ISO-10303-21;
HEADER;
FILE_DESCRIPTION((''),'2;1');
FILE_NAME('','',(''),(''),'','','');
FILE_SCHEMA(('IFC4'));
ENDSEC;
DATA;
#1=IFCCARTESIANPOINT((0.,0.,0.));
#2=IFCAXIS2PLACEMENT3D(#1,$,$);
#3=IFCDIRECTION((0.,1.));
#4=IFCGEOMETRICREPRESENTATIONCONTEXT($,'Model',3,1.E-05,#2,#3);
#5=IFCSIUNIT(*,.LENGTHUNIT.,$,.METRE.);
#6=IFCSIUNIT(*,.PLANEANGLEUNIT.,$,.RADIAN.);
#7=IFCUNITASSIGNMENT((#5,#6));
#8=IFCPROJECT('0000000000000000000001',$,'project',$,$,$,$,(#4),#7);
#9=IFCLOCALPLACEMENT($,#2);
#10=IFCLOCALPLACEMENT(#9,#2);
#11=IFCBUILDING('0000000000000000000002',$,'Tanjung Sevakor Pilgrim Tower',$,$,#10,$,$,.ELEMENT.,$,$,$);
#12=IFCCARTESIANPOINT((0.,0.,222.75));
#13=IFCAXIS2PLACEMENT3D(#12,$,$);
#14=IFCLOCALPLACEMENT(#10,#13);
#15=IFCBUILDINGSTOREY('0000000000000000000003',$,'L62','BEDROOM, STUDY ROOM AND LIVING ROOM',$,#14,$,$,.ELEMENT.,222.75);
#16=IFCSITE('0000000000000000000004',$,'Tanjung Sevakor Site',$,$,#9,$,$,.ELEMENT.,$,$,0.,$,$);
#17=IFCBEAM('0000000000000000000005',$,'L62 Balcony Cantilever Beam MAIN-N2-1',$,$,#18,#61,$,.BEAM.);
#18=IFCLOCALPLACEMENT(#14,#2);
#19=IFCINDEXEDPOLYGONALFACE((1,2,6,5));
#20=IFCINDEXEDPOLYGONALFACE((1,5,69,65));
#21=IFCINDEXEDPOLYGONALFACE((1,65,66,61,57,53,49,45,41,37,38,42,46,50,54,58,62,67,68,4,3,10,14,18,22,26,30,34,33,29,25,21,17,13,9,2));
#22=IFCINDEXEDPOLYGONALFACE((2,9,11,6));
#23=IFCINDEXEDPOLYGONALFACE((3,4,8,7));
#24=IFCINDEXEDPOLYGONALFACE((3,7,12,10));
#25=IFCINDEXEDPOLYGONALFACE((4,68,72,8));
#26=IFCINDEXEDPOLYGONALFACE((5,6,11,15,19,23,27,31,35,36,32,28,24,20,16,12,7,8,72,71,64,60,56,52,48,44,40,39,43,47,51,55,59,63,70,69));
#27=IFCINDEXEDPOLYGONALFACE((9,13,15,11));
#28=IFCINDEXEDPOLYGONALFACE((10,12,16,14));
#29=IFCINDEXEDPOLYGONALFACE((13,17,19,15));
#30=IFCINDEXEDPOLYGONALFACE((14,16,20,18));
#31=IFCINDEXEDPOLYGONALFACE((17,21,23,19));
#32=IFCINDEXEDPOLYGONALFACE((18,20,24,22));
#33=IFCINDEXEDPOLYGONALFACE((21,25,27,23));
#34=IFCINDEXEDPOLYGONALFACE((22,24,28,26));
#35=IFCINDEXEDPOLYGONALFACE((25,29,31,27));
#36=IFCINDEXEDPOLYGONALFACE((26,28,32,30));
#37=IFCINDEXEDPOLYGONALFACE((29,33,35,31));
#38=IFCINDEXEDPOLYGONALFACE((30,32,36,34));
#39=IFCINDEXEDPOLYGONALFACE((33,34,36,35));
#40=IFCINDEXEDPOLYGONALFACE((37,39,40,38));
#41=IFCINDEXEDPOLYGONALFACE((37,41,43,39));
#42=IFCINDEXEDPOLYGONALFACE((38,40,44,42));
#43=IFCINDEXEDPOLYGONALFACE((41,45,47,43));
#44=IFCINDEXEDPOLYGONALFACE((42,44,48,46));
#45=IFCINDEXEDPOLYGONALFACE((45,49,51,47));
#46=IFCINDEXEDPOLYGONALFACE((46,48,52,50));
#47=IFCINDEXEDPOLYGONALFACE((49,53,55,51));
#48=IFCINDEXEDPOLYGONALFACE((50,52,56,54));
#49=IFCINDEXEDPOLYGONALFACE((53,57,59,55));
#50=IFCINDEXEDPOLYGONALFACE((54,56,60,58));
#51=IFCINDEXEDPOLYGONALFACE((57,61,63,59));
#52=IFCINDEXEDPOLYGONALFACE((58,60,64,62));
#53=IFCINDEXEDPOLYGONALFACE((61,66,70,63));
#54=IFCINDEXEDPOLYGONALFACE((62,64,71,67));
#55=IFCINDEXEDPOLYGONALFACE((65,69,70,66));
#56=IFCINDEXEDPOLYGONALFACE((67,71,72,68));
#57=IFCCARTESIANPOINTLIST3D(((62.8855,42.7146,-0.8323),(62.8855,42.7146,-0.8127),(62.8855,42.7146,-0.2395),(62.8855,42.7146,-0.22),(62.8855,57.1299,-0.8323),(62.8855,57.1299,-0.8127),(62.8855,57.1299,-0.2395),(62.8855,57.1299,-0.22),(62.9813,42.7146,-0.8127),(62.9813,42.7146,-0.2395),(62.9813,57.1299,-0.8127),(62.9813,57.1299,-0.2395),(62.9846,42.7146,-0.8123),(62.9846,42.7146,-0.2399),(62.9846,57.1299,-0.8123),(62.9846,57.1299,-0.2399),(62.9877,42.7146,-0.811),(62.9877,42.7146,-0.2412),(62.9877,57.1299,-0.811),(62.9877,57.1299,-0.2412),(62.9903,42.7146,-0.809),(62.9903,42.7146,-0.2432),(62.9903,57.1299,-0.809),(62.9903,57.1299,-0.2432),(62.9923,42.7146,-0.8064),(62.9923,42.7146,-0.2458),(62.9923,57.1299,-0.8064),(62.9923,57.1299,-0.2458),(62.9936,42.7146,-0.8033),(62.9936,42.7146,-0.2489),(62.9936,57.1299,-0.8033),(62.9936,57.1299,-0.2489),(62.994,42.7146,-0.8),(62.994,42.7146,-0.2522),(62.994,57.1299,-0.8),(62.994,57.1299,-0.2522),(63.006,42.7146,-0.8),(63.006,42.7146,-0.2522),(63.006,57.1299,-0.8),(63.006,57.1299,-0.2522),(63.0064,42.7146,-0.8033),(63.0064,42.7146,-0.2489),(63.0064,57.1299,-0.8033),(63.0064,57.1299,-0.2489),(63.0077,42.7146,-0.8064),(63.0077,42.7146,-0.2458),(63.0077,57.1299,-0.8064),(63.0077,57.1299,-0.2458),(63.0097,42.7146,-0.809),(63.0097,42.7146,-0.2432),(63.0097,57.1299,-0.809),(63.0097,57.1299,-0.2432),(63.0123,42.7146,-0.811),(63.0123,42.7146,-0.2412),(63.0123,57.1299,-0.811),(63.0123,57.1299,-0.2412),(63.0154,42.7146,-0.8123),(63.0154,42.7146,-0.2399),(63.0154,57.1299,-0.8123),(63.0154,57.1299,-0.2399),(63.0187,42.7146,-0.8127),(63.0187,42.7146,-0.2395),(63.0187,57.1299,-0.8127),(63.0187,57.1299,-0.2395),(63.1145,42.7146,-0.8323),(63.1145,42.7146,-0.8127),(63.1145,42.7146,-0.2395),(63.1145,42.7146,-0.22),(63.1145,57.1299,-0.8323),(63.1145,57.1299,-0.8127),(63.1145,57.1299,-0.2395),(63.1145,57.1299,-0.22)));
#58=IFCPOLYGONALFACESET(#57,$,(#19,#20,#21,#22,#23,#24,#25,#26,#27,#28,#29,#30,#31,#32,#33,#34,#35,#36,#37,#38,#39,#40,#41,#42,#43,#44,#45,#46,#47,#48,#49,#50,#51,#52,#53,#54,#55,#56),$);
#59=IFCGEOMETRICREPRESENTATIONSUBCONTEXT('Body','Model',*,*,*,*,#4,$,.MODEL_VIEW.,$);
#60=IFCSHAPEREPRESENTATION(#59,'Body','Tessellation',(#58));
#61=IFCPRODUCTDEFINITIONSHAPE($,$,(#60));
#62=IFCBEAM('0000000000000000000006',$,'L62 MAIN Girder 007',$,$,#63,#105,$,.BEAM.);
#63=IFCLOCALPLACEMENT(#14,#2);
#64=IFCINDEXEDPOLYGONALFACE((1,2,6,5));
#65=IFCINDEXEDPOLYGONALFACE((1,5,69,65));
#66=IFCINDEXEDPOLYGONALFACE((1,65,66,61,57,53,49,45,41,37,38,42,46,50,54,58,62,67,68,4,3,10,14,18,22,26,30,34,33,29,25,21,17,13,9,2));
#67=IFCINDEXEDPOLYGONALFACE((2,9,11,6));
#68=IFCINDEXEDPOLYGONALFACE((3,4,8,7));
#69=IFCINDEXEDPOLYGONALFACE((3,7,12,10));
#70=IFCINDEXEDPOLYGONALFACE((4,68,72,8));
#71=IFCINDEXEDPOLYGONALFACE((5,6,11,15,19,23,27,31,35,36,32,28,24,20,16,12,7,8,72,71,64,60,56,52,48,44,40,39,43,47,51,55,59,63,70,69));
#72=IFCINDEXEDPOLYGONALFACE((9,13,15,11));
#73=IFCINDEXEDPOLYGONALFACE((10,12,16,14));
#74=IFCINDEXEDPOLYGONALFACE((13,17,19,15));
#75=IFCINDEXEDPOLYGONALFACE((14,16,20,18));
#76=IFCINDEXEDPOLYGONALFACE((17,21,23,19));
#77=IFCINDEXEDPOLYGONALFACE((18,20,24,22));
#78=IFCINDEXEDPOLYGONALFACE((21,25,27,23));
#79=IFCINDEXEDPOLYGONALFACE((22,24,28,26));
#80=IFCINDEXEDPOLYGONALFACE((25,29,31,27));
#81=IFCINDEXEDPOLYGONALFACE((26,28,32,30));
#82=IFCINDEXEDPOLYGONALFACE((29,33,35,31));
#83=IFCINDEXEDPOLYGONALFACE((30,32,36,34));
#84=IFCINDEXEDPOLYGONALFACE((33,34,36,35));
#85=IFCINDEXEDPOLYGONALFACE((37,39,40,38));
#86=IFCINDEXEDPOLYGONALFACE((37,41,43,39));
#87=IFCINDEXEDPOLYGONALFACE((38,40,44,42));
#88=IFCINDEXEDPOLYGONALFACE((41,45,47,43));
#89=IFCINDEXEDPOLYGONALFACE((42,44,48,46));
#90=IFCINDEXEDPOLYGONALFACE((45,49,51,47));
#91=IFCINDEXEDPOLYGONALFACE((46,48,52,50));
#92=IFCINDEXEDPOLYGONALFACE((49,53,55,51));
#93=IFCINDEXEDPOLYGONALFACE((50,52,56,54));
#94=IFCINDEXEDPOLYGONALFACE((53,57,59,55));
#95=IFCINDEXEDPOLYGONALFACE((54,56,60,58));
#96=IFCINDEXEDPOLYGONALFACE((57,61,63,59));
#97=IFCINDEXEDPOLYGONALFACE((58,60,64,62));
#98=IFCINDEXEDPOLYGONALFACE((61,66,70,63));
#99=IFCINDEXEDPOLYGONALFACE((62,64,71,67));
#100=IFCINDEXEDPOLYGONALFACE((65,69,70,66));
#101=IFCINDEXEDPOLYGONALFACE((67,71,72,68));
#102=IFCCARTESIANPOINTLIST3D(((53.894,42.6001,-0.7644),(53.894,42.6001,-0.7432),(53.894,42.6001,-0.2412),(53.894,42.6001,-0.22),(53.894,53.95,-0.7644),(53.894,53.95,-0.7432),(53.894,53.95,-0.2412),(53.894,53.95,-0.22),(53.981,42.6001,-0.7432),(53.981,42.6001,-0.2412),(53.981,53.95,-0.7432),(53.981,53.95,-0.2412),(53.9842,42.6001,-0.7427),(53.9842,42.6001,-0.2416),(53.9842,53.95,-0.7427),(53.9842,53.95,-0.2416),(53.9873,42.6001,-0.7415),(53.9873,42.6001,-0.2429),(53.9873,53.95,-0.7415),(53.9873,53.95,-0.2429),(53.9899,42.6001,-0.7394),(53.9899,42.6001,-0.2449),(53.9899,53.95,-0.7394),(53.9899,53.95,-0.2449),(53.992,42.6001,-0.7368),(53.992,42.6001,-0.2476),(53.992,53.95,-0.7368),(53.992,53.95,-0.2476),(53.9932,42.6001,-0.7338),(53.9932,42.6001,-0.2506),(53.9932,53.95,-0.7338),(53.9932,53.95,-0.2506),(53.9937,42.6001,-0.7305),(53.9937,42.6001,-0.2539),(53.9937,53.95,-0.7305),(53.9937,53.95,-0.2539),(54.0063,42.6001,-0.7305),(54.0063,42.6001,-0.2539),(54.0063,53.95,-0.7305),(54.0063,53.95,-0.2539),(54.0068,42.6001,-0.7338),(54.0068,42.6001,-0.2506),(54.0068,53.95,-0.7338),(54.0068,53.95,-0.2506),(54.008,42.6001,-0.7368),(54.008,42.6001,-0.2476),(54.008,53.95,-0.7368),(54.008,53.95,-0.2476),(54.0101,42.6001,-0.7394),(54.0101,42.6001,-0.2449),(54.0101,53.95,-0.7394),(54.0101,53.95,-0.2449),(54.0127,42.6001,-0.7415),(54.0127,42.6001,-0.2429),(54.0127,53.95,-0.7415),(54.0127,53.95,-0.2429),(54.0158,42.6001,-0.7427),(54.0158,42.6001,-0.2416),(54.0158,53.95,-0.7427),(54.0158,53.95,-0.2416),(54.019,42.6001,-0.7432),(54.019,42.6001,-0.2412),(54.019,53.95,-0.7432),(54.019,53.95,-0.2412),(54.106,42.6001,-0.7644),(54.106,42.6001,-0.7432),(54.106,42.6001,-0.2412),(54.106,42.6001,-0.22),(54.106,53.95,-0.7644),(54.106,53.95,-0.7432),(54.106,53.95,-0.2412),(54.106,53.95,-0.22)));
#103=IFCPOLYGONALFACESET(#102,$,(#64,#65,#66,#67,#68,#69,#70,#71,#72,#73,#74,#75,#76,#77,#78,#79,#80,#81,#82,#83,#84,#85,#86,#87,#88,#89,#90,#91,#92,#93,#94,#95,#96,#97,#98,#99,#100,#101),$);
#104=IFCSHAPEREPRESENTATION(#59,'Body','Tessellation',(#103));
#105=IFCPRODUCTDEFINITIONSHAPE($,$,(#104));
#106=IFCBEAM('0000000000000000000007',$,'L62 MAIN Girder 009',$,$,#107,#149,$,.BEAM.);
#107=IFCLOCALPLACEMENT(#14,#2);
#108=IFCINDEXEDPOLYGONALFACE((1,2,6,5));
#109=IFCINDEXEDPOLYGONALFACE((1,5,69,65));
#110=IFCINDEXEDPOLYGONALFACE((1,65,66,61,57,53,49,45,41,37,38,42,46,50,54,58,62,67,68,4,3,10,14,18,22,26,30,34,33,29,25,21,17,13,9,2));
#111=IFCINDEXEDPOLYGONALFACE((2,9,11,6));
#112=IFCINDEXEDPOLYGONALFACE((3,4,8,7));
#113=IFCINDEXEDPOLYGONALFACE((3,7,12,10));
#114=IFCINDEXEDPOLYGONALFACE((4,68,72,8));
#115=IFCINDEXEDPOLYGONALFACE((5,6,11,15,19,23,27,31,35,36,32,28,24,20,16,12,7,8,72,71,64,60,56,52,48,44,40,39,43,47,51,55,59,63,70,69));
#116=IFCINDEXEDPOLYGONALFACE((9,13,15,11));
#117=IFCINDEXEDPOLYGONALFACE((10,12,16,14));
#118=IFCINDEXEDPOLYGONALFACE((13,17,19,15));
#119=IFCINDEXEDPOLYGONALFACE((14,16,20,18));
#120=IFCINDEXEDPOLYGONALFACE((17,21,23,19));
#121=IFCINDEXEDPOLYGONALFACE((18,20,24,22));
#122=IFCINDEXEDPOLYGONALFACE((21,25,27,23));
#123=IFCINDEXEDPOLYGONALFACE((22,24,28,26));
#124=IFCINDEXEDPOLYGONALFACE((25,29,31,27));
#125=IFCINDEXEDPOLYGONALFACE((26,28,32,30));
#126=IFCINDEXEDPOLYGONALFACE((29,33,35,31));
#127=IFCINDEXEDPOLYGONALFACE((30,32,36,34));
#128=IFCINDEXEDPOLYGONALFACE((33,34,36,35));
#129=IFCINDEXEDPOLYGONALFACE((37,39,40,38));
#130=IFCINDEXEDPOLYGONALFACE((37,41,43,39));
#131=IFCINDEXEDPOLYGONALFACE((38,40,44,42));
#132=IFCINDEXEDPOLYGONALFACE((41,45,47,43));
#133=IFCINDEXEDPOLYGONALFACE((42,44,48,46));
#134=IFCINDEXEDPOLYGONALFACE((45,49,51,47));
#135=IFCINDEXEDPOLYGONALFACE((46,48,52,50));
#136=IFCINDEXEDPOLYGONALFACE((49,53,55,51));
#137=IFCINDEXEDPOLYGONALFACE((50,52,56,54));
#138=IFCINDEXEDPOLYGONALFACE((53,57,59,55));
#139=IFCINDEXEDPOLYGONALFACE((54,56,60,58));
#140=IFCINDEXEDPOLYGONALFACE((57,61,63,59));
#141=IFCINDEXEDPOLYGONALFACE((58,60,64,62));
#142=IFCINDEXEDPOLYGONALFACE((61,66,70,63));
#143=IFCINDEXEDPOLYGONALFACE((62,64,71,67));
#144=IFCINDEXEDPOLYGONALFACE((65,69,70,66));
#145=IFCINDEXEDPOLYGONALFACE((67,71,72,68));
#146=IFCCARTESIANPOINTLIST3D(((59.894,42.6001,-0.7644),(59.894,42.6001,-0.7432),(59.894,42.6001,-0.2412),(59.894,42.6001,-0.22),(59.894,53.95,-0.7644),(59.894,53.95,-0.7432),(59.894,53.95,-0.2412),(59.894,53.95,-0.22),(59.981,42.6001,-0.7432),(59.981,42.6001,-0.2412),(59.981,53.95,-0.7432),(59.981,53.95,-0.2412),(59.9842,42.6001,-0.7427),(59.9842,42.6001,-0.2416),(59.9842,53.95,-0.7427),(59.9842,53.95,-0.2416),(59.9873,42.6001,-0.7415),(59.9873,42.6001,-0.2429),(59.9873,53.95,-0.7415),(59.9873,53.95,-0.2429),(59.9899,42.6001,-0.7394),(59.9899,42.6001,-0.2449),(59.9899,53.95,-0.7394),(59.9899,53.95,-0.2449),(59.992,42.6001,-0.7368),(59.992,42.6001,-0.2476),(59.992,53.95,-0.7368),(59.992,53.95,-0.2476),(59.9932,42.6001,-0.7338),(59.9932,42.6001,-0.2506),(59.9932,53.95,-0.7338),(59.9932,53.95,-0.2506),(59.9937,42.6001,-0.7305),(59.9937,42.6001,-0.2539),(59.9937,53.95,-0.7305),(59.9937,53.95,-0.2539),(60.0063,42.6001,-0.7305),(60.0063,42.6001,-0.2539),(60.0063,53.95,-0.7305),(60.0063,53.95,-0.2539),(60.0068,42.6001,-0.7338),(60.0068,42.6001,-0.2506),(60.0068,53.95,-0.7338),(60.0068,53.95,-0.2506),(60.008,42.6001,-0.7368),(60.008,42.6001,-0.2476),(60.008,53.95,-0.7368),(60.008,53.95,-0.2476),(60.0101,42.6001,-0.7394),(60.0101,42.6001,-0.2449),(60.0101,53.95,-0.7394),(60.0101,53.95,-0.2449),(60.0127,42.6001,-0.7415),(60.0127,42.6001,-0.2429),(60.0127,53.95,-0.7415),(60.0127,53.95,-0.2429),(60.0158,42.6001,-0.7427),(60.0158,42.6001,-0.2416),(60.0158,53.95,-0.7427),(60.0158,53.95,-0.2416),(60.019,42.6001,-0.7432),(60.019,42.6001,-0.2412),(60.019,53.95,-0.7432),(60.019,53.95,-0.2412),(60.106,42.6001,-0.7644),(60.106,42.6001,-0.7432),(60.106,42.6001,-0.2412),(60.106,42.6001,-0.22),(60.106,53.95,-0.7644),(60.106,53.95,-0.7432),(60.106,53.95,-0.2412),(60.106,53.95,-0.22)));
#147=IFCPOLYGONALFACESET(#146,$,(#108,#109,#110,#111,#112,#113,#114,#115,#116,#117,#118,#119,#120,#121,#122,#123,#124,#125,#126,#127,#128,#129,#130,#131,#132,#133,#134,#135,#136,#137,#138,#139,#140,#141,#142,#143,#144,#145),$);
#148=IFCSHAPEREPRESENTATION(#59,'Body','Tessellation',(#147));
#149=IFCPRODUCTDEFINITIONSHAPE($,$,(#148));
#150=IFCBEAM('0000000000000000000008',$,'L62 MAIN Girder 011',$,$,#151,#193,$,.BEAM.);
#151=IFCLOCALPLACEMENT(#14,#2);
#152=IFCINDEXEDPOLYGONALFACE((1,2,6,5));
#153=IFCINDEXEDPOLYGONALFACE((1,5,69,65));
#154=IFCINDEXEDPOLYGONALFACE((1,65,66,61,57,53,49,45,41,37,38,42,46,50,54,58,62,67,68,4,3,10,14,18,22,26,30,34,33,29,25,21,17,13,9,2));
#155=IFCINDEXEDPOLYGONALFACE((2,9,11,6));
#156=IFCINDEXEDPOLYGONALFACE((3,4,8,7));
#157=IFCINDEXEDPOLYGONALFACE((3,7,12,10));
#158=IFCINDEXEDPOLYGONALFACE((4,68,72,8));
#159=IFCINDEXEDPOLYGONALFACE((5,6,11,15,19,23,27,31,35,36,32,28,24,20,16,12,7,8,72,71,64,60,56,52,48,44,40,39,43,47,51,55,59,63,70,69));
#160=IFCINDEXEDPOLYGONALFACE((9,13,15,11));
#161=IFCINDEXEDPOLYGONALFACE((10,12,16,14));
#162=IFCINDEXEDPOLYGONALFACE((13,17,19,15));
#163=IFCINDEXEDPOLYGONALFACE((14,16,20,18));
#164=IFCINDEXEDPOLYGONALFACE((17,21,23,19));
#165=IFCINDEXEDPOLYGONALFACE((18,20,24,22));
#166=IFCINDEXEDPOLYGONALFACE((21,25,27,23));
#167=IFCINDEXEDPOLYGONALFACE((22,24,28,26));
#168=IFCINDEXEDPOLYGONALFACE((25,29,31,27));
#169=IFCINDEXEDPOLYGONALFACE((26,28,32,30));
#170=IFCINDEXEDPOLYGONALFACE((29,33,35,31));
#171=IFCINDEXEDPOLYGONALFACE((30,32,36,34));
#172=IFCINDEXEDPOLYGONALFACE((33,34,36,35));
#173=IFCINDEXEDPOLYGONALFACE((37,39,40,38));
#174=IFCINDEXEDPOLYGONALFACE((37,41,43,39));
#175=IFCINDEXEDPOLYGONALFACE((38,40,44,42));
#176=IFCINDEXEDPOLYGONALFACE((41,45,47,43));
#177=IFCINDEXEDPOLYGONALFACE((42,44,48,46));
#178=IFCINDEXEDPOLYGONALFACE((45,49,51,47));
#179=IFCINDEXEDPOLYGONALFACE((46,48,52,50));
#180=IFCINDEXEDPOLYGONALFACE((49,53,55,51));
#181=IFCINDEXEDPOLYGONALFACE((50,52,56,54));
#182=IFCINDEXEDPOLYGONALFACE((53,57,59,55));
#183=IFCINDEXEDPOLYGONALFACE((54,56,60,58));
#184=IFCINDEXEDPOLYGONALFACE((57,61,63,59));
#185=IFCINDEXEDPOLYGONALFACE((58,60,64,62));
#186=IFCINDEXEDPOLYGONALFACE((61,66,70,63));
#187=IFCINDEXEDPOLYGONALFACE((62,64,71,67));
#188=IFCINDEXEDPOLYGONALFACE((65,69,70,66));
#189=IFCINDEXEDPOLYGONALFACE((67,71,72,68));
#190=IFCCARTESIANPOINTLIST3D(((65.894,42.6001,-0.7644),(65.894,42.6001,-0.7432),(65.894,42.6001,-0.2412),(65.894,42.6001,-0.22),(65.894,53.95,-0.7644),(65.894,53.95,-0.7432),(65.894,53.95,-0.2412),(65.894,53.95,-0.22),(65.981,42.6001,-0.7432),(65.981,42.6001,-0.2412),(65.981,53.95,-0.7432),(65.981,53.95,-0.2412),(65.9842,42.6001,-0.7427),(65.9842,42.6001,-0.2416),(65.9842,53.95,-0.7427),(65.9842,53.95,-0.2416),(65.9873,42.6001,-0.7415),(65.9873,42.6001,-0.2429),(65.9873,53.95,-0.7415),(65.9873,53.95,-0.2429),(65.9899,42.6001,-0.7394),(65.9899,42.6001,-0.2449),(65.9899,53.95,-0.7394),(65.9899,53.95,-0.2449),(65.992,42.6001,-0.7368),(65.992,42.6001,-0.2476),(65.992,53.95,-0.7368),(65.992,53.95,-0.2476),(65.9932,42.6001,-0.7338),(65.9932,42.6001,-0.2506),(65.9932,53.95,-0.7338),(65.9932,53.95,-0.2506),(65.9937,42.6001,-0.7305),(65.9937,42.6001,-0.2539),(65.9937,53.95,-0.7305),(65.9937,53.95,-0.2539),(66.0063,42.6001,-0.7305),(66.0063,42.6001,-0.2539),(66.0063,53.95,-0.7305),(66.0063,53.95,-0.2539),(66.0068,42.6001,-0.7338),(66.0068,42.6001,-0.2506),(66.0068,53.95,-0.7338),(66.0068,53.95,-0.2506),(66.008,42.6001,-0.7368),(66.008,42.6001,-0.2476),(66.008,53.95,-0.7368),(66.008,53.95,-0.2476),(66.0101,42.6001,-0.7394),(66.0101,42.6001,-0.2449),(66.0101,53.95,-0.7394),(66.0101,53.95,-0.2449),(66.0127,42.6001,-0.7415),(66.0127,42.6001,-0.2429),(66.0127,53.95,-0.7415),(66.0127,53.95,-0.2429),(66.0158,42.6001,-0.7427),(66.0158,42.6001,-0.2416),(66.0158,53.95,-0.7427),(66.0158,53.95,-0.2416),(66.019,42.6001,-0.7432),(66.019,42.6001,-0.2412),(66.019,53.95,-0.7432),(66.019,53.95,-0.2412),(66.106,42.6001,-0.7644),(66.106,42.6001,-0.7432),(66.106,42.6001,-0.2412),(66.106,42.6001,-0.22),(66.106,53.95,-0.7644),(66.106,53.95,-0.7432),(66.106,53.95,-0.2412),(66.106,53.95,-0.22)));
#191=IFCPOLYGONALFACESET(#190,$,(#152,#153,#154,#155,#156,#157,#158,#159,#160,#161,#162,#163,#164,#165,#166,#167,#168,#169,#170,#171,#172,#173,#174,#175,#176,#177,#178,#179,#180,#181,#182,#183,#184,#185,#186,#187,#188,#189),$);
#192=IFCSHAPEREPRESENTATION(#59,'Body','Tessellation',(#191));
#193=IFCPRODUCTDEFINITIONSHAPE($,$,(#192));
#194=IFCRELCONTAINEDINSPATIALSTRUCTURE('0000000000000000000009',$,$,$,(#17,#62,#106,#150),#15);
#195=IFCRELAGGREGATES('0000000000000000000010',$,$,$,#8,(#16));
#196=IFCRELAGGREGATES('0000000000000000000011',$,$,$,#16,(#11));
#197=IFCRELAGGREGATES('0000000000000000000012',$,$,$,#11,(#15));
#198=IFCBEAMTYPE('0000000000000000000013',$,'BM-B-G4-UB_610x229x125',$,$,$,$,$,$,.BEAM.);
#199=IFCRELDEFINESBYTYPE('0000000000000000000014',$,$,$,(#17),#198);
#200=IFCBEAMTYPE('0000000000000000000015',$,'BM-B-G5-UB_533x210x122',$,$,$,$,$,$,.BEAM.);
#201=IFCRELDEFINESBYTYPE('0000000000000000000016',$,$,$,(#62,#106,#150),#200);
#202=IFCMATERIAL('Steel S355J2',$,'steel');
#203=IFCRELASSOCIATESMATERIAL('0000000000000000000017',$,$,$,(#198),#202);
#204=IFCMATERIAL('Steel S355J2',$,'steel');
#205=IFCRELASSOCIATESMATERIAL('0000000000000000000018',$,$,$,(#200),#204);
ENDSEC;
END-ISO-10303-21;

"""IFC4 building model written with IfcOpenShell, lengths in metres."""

from ifc_helpers import new_model, si_unit, direction, frame, origin, origin_2d, place, context, subcontext, project, spatial, i_section, extrude, material, material_profile, profile_set, type_object, element, save


model = new_model("IFC4")

# Units and contexts
model_context = context("Model", 3, precision=1e-05, world=origin(), true_north=direction((0.0, 1.0)))
body_context = subcontext(model_context, "Body", "Model", "MODEL_VIEW")
ifc_project = project(units=[si_unit("LENGTHUNIT", "METRE"), si_unit("PLANEANGLEUNIT", "RADIAN")], contexts=[model_context])

# Site, building, storey
site_placement = place(None, origin())
site = spatial("IfcSite", under=ifc_project, at=site_placement, Name="Tanjung Sevakor Site", CompositionType="ELEMENT", RefElevation=0.0)
building_placement = place(site_placement, origin())
building = spatial("IfcBuilding", under=site, at=building_placement, Name="Tanjung Sevakor Pilgrim Tower", CompositionType="ELEMENT")
storey_placement = place(building_placement, frame((0.0, 0.0, 222.75)))
storey = spatial("IfcBuildingStorey", under=building, at=storey_placement, Name="L62", Description="BEDROOM, STUDY ROOM AND LIVING ROOM", CompositionType="ELEMENT", Elevation=222.75)

# Beams
ifc_material_1 = material(Name="Steel S355J2", Category="steel")
ifc_material_profile_1 = material_profile(ifc_material_1, i_section(OverallWidth=0.229, OverallDepth=0.6123, WebThickness=0.012, FlangeThickness=0.0195, FilletRadius=0.0127, at=origin_2d()))
ifc_profile_set_1 = profile_set([ifc_material_profile_1], Name="Steel S355J2")
beam_type_1 = type_object("IfcBeamType", Name="BM-B-G4-UB_610x229x125", PredefinedType="BEAM", material=ifc_profile_set_1)
beam_1_placement = place(storey_placement, frame((63.0, 42.7146, -0.5261), z_axis=(0.0, 1.0, 0.0), x_axis=(-1.0, 0.0, 0.0)))
element("IfcBeam", 1, at=beam_1_placement, inside=storey, type_object=beam_type_1, Name="L62 Balcony Cantilever Beam MAIN-N2-1", PredefinedType="BEAM", context=body_context, shape_type="SweptSolid", body=[
    extrude(i_section(OverallWidth=0.229, OverallDepth=0.6123, WebThickness=0.012, FlangeThickness=0.0195, FilletRadius=0.0127, at=origin_2d()), origin(), (0.0, 0.0, 1.0), 14.4153),
])
ifc_material_2 = material(Name="Steel S355J2", Category="steel")
ifc_material_profile_2 = material_profile(ifc_material_2, i_section(OverallWidth=0.2119, OverallDepth=0.5444, WebThickness=0.0127, FlangeThickness=0.0212, FilletRadius=0.0127, at=origin_2d()))
ifc_profile_set_2 = profile_set([ifc_material_profile_2], Name="Steel S355J2")
beam_type_2 = type_object("IfcBeamType", Name="BM-B-G5-UB_533x210x122", PredefinedType="BEAM", material=ifc_profile_set_2)
for number, where, z_axis, x_axis, name in (
    (2, (54.0, 42.6001, -0.4922), (0.0, 1.0, 0.0), (-1.0, 0.0, 0.0), "L62 MAIN Girder 007"),
    (3, (60.0, 42.6001, -0.4922), (0.0, 1.0, 0.0), (-1.0, 0.0, 0.0), "L62 MAIN Girder 009"),
    (4, (66.0, 42.6001, -0.4922), (0.0, 1.0, 0.0), (-1.0, 0.0, 0.0), "L62 MAIN Girder 011"),
):
    element("IfcBeam", number, at=place(storey_placement, frame(where, z_axis=z_axis, x_axis=x_axis)), inside=storey, type_object=beam_type_2, Name=name, PredefinedType="BEAM", context=body_context, shape_type="SweptSolid", body=[
        extrude(i_section(OverallWidth=0.2119, OverallDepth=0.5444, WebThickness=0.0127, FlangeThickness=0.0212, FilletRadius=0.0127, at=origin_2d()), origin(), (0.0, 0.0, 1.0), 11.3499),
    ])

save(model, "model.ifc")
